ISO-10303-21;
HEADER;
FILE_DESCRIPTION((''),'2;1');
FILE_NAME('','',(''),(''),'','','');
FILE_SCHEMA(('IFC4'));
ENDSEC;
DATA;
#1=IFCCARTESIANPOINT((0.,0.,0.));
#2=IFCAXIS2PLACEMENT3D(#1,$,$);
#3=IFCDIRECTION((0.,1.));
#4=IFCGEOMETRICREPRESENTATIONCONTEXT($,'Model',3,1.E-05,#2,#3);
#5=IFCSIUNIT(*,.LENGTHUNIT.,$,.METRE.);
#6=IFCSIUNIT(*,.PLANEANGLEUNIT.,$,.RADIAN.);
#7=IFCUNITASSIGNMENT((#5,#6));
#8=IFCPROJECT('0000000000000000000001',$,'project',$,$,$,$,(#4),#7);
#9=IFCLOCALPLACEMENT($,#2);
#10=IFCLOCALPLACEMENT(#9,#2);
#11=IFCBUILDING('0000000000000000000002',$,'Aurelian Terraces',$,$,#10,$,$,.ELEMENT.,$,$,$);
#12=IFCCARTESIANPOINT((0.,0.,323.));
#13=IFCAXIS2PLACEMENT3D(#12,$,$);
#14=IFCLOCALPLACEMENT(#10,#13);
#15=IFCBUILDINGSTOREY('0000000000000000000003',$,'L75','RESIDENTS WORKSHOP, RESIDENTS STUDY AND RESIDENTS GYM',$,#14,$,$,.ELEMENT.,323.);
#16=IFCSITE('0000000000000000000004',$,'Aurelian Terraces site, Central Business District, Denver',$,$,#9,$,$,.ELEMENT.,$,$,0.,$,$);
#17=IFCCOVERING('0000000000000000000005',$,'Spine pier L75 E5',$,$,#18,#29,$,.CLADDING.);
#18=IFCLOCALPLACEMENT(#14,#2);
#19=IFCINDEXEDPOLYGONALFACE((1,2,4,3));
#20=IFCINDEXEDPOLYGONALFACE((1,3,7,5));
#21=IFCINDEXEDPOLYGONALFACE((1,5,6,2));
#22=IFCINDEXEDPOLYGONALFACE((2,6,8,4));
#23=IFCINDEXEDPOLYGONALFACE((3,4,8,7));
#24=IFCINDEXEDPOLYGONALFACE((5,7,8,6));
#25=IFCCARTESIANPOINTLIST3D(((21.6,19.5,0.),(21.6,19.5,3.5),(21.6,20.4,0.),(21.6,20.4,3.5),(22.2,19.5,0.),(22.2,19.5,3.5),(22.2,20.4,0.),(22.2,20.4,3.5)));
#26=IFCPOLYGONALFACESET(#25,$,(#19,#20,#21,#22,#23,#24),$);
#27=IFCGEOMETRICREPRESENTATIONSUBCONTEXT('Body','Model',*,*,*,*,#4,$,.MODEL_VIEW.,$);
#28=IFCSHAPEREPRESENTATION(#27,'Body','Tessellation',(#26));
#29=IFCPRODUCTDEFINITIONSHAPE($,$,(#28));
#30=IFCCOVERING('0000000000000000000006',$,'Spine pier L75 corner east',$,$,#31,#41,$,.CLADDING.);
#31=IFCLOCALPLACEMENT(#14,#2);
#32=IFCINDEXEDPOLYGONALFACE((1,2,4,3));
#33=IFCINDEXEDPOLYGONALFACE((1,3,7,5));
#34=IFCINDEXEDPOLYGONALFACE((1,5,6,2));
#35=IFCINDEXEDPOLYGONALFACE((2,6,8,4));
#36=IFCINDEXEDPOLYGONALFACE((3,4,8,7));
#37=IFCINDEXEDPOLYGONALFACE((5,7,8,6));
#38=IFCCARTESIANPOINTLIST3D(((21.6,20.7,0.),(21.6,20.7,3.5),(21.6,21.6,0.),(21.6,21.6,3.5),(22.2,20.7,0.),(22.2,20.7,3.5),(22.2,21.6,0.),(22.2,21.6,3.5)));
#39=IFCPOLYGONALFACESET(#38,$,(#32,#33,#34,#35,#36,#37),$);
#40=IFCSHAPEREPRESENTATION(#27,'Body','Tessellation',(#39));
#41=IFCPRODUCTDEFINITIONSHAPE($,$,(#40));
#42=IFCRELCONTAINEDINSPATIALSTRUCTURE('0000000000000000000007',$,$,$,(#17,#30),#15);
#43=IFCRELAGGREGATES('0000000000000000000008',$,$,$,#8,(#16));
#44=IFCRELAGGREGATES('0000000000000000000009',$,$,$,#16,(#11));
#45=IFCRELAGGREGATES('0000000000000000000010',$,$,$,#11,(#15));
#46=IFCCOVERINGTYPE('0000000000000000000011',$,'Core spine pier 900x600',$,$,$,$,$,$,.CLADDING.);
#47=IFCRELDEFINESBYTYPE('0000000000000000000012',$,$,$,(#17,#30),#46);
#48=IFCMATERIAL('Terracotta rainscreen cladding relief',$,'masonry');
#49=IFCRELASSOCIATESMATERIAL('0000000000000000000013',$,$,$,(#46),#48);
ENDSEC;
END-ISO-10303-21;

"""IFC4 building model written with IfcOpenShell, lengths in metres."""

from ifc_helpers import new_model, si_unit, direction, frame, origin, origin_2d, place, context, subcontext, project, spatial, rectangle, extrude, source, transform, mapped, material, type_object, element, save


model = new_model("IFC4")

# Units and contexts
model_context = context("Model", 3, precision=1e-05, world=origin(), true_north=direction((0.0, 1.0)))
body_context = subcontext(model_context, "Body", "Model", "MODEL_VIEW")
ifc_project = project(units=[si_unit("LENGTHUNIT", "METRE"), si_unit("PLANEANGLEUNIT", "RADIAN")], contexts=[model_context])

# Site, building, storey
site_placement = place(None, origin())
site = spatial("IfcSite", under=ifc_project, at=site_placement, Name="Aurelian Terraces site, Central Business District, Denver", CompositionType="ELEMENT", RefElevation=0.0)
building_placement = place(site_placement, origin())
building = spatial("IfcBuilding", under=site, at=building_placement, Name="Aurelian Terraces", CompositionType="ELEMENT")
storey_placement = place(building_placement, frame((0.0, 0.0, 323.0)))
storey = spatial("IfcBuildingStorey", under=building, at=storey_placement, Name="L75", Description="RESIDENTS WORKSHOP, RESIDENTS STUDY AND RESIDENTS GYM", CompositionType="ELEMENT", Elevation=323.0)

# Coverings
ifc_material_1 = material(Name="Terracotta rainscreen cladding relief", Category="masonry")
covering_type_1 = type_object("IfcCoveringType", Name="Core spine pier 900x600", PredefinedType="CLADDING", material=ifc_material_1)
shared_shape_1 = source(origin(), body_context, "Body", "SweptSolid", [
    extrude(rectangle(XDim=0.6, YDim=0.9, at=origin_2d()), origin(), (0.0, 0.0, 1.0), 3.5),
])
for number, where, z_axis, x_axis, name in (
    (1, (21.9, 19.95, 0.0), (0.0, 0.0, 1.0), (1.0, 0.0, 0.0), "Spine pier L75 E5"),
    (2, (21.9, 21.15, 0.0), (0.0, 0.0, 1.0), (1.0, 0.0, 0.0), "Spine pier L75 corner east"),
):
    element("IfcCovering", number, at=place(storey_placement, frame(where, z_axis=z_axis, x_axis=x_axis)), inside=storey, type_object=covering_type_1, Name=name, PredefinedType="CLADDING", context=body_context, shape_type="MappedRepresentation", body=[
        mapped(shared_shape_1, transform((0.0, 0.0, 0.0), scale=1.0)),
    ])

save(model, "model.ifc")
